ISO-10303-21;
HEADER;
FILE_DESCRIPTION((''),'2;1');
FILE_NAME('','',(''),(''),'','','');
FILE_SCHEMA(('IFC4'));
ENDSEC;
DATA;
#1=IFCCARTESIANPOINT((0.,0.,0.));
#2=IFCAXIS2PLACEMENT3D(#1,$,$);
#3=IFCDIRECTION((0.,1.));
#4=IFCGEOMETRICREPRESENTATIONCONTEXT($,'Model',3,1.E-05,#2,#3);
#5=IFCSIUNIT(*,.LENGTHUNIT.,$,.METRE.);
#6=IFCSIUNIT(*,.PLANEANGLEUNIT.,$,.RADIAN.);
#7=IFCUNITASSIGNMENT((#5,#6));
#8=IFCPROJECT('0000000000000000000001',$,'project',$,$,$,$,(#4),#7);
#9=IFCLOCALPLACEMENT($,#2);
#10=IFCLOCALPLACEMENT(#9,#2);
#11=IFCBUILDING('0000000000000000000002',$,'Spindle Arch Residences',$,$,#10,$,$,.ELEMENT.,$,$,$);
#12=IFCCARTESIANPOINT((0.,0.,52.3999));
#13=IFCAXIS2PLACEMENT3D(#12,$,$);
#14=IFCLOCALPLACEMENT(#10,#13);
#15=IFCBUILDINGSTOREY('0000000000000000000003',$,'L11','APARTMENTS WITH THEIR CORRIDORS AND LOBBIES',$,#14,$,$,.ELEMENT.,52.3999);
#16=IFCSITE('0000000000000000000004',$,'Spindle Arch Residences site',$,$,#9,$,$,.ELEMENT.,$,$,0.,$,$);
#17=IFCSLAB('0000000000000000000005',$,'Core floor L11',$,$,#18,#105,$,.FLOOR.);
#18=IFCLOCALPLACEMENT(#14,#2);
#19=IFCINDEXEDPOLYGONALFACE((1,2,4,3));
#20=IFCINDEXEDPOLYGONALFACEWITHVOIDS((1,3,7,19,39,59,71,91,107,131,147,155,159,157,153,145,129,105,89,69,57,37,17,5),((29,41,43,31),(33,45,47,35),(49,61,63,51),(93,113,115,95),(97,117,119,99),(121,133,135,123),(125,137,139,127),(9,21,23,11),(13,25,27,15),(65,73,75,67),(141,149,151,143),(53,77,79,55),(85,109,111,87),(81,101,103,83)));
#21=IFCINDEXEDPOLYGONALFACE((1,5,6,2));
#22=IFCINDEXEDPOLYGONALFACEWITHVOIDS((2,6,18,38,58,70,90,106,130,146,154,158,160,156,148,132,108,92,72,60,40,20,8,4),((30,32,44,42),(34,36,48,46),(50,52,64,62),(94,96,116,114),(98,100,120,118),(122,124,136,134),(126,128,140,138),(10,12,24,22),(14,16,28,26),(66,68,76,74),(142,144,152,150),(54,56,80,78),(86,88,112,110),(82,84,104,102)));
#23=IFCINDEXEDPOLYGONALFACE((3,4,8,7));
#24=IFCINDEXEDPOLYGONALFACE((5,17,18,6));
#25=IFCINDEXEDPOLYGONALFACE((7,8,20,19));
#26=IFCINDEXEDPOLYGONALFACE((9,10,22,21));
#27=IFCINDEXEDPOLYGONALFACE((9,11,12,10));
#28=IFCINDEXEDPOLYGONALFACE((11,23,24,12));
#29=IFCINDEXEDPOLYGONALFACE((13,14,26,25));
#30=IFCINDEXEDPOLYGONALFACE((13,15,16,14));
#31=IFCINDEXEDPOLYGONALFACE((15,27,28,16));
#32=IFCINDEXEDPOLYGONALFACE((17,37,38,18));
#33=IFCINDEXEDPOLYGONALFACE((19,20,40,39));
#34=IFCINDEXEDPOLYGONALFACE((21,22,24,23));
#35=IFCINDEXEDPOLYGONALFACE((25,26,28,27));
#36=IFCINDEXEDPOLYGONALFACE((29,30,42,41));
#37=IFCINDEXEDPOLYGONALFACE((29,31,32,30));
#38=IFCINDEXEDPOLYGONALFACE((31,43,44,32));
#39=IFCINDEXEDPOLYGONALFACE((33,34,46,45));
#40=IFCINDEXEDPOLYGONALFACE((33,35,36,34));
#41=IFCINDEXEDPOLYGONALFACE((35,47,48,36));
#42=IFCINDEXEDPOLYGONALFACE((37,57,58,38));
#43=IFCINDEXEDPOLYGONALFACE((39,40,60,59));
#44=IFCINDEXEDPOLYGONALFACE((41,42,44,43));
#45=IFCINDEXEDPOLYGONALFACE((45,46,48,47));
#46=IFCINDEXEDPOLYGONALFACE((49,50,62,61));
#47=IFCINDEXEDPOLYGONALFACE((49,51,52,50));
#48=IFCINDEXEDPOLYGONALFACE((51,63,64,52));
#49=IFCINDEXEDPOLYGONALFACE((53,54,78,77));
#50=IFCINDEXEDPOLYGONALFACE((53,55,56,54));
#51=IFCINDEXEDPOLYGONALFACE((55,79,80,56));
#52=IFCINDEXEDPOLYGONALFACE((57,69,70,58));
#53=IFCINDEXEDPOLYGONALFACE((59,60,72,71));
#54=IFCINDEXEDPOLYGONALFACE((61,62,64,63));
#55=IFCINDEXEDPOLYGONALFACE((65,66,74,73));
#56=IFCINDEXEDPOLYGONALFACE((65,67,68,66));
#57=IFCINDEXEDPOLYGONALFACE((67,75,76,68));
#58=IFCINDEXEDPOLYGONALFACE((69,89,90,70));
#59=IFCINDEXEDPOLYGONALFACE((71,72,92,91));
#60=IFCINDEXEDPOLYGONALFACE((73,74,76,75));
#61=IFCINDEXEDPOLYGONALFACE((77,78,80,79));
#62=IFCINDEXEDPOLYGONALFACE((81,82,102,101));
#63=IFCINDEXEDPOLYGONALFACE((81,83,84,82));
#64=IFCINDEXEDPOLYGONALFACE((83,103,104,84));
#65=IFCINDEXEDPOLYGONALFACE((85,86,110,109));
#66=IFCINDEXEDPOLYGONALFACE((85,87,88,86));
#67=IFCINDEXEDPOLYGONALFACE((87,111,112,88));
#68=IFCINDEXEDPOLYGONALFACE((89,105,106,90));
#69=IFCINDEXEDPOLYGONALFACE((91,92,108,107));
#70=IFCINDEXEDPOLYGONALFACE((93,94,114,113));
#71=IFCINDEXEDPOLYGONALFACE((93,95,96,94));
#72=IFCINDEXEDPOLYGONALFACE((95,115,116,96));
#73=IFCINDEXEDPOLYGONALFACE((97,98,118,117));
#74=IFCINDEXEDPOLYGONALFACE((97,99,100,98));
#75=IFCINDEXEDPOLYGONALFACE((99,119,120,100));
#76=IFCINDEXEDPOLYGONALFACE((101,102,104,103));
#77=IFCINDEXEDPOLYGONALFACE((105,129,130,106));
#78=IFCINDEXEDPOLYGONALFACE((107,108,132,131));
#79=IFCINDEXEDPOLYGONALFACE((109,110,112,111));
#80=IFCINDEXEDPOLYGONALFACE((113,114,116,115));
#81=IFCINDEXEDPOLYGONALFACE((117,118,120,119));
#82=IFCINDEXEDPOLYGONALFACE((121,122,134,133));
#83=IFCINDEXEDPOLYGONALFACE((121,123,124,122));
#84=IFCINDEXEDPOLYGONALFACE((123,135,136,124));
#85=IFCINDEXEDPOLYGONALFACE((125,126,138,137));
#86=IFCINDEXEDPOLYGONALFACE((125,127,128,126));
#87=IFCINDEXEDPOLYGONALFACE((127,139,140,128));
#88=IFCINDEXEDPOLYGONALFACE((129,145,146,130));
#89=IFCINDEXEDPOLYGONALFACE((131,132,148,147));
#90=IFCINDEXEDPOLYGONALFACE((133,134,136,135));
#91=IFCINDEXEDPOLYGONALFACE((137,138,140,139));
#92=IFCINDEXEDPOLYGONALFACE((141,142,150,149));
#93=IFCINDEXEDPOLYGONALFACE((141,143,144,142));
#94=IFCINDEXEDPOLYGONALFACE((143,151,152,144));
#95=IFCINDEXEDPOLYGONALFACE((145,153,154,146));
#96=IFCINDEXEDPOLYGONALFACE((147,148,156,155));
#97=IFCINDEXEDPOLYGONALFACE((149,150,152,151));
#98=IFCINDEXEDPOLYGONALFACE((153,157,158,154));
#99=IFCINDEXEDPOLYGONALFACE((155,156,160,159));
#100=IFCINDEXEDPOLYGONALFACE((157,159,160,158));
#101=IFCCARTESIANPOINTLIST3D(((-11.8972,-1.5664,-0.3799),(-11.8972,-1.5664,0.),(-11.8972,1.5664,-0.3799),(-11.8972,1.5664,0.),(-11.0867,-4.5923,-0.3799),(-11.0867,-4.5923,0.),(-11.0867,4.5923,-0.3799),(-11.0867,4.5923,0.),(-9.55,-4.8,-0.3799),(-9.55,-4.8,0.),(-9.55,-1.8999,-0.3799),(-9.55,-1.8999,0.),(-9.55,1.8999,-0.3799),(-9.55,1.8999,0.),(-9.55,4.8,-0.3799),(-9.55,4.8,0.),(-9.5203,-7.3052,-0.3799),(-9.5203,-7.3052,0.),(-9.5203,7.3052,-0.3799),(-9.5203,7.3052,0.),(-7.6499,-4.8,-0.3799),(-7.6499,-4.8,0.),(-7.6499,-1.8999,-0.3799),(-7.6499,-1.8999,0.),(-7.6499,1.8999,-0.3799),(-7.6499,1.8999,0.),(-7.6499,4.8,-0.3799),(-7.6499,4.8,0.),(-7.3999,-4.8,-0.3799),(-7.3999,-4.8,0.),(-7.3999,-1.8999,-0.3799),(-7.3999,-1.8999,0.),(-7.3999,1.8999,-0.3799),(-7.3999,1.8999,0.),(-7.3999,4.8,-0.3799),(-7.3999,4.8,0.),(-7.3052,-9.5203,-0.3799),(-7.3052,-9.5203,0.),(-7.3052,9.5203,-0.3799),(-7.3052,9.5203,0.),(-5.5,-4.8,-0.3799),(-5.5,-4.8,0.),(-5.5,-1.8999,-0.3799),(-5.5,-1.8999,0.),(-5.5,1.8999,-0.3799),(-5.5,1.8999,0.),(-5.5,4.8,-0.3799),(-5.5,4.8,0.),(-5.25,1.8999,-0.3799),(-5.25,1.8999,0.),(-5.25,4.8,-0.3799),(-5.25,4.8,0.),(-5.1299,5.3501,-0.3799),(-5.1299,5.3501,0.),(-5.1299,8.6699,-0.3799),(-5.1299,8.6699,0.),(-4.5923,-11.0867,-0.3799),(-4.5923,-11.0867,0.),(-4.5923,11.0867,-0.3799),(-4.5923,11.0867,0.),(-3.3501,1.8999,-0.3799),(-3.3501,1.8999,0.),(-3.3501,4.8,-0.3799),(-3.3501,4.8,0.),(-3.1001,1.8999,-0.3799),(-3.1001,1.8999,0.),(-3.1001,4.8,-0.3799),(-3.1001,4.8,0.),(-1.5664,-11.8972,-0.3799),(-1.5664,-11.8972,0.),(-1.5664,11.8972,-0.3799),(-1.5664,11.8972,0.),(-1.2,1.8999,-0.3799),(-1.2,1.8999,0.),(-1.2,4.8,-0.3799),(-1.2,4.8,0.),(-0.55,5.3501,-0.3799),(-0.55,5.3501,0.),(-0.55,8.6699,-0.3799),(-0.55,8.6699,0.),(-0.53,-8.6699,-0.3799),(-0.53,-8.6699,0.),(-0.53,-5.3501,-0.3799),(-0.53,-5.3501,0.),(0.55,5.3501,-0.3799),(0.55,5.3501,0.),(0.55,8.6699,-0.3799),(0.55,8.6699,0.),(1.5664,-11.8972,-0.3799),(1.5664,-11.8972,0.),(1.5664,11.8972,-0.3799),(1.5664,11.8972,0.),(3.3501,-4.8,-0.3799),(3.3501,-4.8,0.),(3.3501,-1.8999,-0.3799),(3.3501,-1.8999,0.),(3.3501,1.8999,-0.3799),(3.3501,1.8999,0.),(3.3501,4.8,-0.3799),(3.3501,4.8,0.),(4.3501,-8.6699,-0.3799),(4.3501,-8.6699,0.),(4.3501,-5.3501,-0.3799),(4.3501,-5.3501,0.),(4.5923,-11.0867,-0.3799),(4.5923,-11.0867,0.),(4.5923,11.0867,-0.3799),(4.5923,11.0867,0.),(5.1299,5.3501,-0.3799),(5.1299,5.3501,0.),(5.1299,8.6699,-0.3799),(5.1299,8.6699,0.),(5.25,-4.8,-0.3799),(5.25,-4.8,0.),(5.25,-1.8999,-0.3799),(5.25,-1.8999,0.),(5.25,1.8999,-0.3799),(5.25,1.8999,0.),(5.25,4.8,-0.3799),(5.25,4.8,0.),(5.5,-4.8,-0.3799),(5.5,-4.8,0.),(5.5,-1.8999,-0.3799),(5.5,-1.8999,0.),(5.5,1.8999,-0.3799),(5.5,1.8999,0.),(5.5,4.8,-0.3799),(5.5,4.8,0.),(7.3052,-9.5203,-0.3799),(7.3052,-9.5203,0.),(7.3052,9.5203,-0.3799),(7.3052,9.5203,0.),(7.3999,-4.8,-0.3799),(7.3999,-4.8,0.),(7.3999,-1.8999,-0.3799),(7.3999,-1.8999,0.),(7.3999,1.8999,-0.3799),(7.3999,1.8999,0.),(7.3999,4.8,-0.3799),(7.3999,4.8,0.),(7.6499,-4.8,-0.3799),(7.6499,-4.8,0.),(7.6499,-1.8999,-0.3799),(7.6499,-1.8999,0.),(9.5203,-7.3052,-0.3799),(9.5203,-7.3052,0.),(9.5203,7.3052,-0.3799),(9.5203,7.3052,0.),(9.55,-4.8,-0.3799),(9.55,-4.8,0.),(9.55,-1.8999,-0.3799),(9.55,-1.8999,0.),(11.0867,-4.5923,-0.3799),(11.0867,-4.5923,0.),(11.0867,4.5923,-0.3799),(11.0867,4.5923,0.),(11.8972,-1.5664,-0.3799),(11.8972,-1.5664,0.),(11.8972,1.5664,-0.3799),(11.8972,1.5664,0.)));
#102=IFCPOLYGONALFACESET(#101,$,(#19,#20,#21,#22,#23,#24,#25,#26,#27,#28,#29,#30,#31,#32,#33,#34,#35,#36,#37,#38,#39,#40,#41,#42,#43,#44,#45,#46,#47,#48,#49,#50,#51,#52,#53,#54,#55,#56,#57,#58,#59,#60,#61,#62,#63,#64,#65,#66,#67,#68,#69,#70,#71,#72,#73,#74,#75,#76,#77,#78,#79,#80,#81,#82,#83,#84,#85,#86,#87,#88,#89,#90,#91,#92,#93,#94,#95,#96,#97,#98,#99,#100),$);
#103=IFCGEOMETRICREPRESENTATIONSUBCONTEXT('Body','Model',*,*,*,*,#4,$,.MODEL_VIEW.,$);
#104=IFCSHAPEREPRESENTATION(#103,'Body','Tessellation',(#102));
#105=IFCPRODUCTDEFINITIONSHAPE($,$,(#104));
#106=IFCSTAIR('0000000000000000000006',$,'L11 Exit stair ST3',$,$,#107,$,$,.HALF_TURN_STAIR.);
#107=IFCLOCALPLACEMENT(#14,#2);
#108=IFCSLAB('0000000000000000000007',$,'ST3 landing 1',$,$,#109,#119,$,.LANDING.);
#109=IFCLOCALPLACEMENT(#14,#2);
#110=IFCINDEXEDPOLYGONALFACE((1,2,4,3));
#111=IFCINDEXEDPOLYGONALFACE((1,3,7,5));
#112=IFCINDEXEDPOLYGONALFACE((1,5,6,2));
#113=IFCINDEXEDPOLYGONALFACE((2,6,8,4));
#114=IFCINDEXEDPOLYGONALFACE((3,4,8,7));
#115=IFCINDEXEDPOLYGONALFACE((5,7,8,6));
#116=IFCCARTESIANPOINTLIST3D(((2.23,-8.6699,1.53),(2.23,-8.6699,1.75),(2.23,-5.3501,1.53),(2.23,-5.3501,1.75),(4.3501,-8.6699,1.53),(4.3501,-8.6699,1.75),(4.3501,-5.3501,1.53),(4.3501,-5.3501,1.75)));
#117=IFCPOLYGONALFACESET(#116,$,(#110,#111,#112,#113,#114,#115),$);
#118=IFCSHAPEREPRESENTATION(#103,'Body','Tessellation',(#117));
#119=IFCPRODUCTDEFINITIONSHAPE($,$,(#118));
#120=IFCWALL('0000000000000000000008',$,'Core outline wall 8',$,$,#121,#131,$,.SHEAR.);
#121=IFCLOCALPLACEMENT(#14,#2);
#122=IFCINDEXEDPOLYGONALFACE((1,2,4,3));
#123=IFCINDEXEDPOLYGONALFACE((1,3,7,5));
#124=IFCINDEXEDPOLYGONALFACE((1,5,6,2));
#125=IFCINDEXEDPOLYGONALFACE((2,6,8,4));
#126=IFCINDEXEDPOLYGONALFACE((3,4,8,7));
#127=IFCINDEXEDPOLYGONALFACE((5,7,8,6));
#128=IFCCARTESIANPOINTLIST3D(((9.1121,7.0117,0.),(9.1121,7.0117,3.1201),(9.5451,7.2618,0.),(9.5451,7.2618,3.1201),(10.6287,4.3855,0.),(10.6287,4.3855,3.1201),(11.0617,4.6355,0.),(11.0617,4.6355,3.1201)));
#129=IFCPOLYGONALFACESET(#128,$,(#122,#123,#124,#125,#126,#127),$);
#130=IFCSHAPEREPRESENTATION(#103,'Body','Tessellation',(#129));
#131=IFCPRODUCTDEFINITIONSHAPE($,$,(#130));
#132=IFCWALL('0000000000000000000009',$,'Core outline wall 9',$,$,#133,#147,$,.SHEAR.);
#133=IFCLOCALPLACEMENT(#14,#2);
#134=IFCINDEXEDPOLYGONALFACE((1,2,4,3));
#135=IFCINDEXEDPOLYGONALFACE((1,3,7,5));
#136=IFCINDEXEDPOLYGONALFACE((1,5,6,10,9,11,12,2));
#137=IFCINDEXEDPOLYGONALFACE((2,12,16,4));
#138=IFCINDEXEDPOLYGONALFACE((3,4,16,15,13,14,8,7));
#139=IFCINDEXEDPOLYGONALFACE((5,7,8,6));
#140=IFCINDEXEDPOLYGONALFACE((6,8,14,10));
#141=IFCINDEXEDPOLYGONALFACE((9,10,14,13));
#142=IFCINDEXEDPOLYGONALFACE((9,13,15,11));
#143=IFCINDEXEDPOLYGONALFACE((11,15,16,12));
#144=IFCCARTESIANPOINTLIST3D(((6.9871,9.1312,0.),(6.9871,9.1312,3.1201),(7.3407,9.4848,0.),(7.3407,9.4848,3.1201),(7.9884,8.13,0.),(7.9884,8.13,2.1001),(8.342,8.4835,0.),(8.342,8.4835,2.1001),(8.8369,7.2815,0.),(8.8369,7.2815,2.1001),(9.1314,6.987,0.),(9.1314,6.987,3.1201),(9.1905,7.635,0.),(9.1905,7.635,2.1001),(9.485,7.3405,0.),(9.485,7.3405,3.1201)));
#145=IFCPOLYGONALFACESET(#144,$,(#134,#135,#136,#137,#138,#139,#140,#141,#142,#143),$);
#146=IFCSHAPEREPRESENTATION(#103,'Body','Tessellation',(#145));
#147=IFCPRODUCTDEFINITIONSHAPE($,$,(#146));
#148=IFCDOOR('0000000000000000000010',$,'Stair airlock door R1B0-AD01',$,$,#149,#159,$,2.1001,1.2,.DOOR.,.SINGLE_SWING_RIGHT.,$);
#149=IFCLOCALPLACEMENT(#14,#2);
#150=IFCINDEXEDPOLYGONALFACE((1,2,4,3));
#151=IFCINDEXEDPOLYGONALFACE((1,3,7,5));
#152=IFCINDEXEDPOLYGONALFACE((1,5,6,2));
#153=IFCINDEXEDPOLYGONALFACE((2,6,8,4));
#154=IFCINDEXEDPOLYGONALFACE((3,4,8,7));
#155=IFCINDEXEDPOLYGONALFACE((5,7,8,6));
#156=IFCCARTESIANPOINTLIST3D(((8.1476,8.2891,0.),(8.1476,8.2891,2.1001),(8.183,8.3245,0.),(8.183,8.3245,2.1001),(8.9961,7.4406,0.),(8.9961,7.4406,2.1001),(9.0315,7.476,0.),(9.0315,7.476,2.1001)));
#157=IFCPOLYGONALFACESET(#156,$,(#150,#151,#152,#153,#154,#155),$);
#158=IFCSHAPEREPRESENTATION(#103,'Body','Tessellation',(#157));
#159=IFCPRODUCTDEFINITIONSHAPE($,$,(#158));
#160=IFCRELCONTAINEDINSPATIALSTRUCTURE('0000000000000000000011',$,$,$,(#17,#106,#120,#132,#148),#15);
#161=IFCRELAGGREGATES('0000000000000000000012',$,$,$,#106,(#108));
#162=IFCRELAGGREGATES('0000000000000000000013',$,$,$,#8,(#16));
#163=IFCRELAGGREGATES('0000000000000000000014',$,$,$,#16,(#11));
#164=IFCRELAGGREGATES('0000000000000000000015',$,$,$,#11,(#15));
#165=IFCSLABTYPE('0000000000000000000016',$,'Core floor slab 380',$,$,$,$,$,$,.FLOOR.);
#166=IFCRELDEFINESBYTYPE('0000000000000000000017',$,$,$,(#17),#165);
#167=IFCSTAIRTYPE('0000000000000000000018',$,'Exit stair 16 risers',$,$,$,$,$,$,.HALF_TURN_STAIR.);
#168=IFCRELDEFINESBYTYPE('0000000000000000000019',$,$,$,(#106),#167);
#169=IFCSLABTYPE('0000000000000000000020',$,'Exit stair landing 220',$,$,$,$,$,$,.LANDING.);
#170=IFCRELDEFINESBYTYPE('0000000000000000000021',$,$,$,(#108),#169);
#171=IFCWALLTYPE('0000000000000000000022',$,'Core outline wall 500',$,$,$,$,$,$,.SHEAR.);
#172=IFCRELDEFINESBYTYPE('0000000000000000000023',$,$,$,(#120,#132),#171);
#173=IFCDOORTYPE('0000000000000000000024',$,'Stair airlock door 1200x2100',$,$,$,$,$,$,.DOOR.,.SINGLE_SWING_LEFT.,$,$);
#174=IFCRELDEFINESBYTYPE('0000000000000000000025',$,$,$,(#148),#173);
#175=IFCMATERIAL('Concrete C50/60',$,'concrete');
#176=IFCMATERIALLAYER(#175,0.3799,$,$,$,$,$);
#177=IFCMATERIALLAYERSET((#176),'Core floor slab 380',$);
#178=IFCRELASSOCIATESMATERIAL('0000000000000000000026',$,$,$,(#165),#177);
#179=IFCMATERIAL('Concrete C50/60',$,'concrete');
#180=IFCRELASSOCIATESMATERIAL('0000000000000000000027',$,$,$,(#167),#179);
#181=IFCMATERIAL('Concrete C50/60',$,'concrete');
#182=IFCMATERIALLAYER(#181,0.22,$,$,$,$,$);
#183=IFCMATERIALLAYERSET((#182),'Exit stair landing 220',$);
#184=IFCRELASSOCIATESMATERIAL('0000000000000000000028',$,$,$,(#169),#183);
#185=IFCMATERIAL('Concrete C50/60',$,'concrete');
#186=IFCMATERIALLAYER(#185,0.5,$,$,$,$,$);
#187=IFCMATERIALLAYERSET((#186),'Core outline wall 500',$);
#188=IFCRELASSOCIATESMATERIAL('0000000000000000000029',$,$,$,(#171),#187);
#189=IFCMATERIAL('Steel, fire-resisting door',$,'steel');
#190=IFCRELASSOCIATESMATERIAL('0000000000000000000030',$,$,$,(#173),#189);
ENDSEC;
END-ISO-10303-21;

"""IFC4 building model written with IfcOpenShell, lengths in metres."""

from ifc_helpers import new_model, si_unit, direction, frame, frame_2d, origin, place, context, subcontext, project, spatial, polyline, rectangle, outline, extrude, material, layer, layer_set, type_object, element, fill, aggregate, save


model = new_model("IFC4")

# Units and contexts
model_context = context("Model", 3, precision=1e-05, world=origin(), true_north=direction((0.0, 1.0)))
body_context = subcontext(model_context, "Body", "Model", "MODEL_VIEW")
ifc_project = project(units=[si_unit("LENGTHUNIT", "METRE"), si_unit("PLANEANGLEUNIT", "RADIAN")], contexts=[model_context])

# Site, building, storey
site_placement = place(None, origin())
site = spatial("IfcSite", under=ifc_project, at=site_placement, Name="Spindle Arch Residences site", CompositionType="ELEMENT", RefElevation=0.0)
building_placement = place(site_placement, origin())
building = spatial("IfcBuilding", under=site, at=building_placement, Name="Spindle Arch Residences", CompositionType="ELEMENT")
storey_placement = place(building_placement, frame((0.0, 0.0, 52.3999)))
storey = spatial("IfcBuildingStorey", under=building, at=storey_placement, Name="L11", Description="APARTMENTS WITH THEIR CORRIDORS AND LOBBIES", CompositionType="ELEMENT", Elevation=52.3999)

# Slab
ifc_material_1 = material(Name="Concrete C50/60", Category="concrete")
ifc_layer_1 = layer(ifc_material_1, 0.3799)
ifc_layer_set_1 = layer_set([ifc_layer_1], Name="Core floor slab 380")
slab_type_1 = type_object("IfcSlabType", Name="Core floor slab 380", PredefinedType="FLOOR", material=ifc_layer_set_1)
slab_1_placement = place(storey_placement, frame((0.0, 0.0, -0.3799)))
element("IfcSlab", 1, at=slab_1_placement, inside=storey, type_object=slab_type_1, Name="Core floor L11", PredefinedType="FLOOR", context=body_context, shape_type="SweptSolid", body=[
    extrude(outline(polyline([(1.5664, -11.8972), (4.5923, -11.0867), (7.3052, -9.5203), (9.5203, -7.3052), (11.0867, -4.5923), (11.8972, -1.5664), (11.8972, 1.5664), (11.0867, 4.5923), (9.5203, 7.3052), (7.3052, 9.5203), (4.5923, 11.0867), (1.5664, 11.8972), (-1.5664, 11.8972), (-4.5923, 11.0867), (-7.3052, 9.5203), (-9.5203, 7.3052), (-11.0867, 4.5923), (-11.8972, 1.5664), (-11.8972, -1.5664), (-11.0867, -4.5923), (-9.5203, -7.3052), (-7.3052, -9.5203), (-4.5923, -11.0867), (-1.5664, -11.8972), (1.5664, -11.8972)]), holes=[polyline([(-9.55, 1.8999), (-7.6499, 1.8999), (-7.6499, 4.8), (-9.55, 4.8), (-9.55, 1.8999)]), polyline([(-7.3999, 1.8999), (-5.5, 1.8999), (-5.5, 4.8), (-7.3999, 4.8), (-7.3999, 1.8999)]), polyline([(-5.25, 1.8999), (-3.3501, 1.8999), (-3.3501, 4.8), (-5.25, 4.8), (-5.25, 1.8999)]), polyline([(-3.1001, 1.8999), (-1.2, 1.8999), (-1.2, 4.8), (-3.1001, 4.8), (-3.1001, 1.8999)]), polyline([(3.3501, 1.8999), (5.25, 1.8999), (5.25, 4.8), (3.3501, 4.8), (3.3501, 1.8999)]), polyline([(5.5, 1.8999), (7.3999, 1.8999), (7.3999, 4.8), (5.5, 4.8), (5.5, 1.8999)]), polyline([(-9.55, -4.8), (-7.6499, -4.8), (-7.6499, -1.8999), (-9.55, -1.8999), (-9.55, -4.8)]), polyline([(-7.3999, -4.8), (-5.5, -4.8), (-5.5, -1.8999), (-7.3999, -1.8999), (-7.3999, -4.8)]), polyline([(3.3501, -4.8), (5.25, -4.8), (5.25, -1.8999), (3.3501, -1.8999), (3.3501, -4.8)]), polyline([(5.5, -4.8), (7.3999, -4.8), (7.3999, -1.8999), (5.5, -1.8999), (5.5, -4.8)]), polyline([(7.6499, -4.8), (9.55, -4.8), (9.55, -1.8999), (7.6499, -1.8999), (7.6499, -4.8)]), polyline([(5.1299, 8.6699), (0.55, 8.6699), (0.55, 5.3501), (5.1299, 5.3501), (5.1299, 8.6699)]), polyline([(-5.1299, 5.3501), (-0.55, 5.3501), (-0.55, 8.6699), (-5.1299, 8.6699), (-5.1299, 5.3501)]), polyline([(-0.53, -8.6699), (4.3501, -8.6699), (4.3501, -5.3501), (-0.53, -5.3501), (-0.53, -8.6699)])]), origin(), (0.0, 0.0, 1.0), 0.3799),
])

# Stair, slab
ifc_material_2 = material(Name="Concrete C50/60", Category="concrete")
stair_type = type_object("IfcStairType", Name="Exit stair 16 risers", PredefinedType="HALF_TURN_STAIR", material=ifc_material_2)
stair_1_placement = place(storey_placement, origin())
stair_1 = element("IfcStair", 2, at=stair_1_placement, inside=storey, type_object=stair_type, Name="L11 Exit stair ST3", PredefinedType="HALF_TURN_STAIR")
ifc_material_3 = material(Name="Concrete C50/60", Category="concrete")
ifc_layer_2 = layer(ifc_material_3, 0.22)
ifc_layer_set_2 = layer_set([ifc_layer_2], Name="Exit stair landing 220")
slab_type_2 = type_object("IfcSlabType", Name="Exit stair landing 220", PredefinedType="LANDING", material=ifc_layer_set_2)
slab_2_placement = place(storey_placement, frame((0.0, 0.0, 1.53)))
slab_2 = element("IfcSlab", 3, at=slab_2_placement, type_object=slab_type_2, Name="ST3 landing 1", PredefinedType="LANDING", context=body_context, shape_type="SweptSolid", body=[
    extrude(outline(polyline([(2.23, -8.6699), (4.3501, -8.6699), (4.3501, -5.3501), (2.23, -5.3501), (2.23, -8.6699)])), origin(), (0.0, 0.0, 1.0), 0.22),
])
aggregate(stair_1, [slab_2])

# Wall
ifc_material_4 = material(Name="Concrete C50/60", Category="concrete")
ifc_layer_3 = layer(ifc_material_4, 0.5)
ifc_layer_set_3 = layer_set([ifc_layer_3], Name="Core outline wall 500")
wall_type_1 = type_object("IfcWallType", Name="Core outline wall 500", PredefinedType="SHEAR", material=ifc_layer_set_3)
wall_1_placement = place(storey_placement, frame((10.8452, 4.5105, 0.0), z_axis=(0.0, 0.0, 1.0), x_axis=(-0.500087, 0.865975, 0.0)))
element("IfcWall", 4, at=wall_1_placement, inside=storey, type_object=wall_type_1, Name="Core outline wall 8", PredefinedType="SHEAR", context=body_context, shape_type="SweptSolid", body=[
    extrude(rectangle(XDim=3.0327, YDim=0.5, at=frame_2d((1.5164, 0.0))), origin(), (0.0, 0.0, 1.0), 3.1201),
])

# Wall, opening, door
wall_2_placement = place(storey_placement, frame((9.3081, 7.1638, 0.0), z_axis=(0.0, 0.0, 1.0), x_axis=(-0.707107, 0.707107, 0.0)))
wall_2 = element("IfcWall", 5, at=wall_2_placement, inside=storey, type_object=wall_type_1, Name="Core outline wall 9", PredefinedType="SHEAR", context=body_context, shape_type="SweptSolid", body=[
    extrude(rectangle(XDim=3.0325, YDim=0.5, at=frame_2d((1.5161, 0.0))), origin(), (0.0, 0.0, 1.0), 3.1201),
])
opening_1_placement = place(wall_2_placement, frame((0.4163, 0.0, 0.0)))
opening_1 = element("IfcOpeningElement", 6, at=opening_1_placement, cuts=wall_2, PredefinedType="OPENING", context=body_context, shape_type="SweptSolid", body=[
    extrude(rectangle(XDim=1.2, YDim=2.1001, at=frame_2d((0.6001, 1.05))), frame((0.0, 0.26, 0.0), z_axis=(0.0, -1.0, 0.0), x_axis=(1.0, 0.0, 0.0)), (0.0, 0.0, 1.0), 0.52),
])
ifc_material_5 = material(Name="Steel, fire-resisting door", Category="steel")
door_type_1 = type_object("IfcDoorType", Name="Stair airlock door 1200x2100", OperationType="SINGLE_SWING_LEFT", PredefinedType="DOOR", material=ifc_material_5)
door_1_placement = place(opening_1_placement, origin())
door_1 = element("IfcDoor", 7, at=door_1_placement, inside=storey, type_object=door_type_1, Name="Stair airlock door R1B0-AD01", OperationType="SINGLE_SWING_RIGHT", OverallHeight=2.1001, OverallWidth=1.2, PredefinedType="DOOR", context=body_context, shape_type="SweptSolid", body=[
    extrude(rectangle(XDim=1.2, YDim=2.1001, at=frame_2d((0.6001, 1.05))), frame((0.0, 0.0249, 0.0), z_axis=(0.0, -1.0, 0.0), x_axis=(1.0, 0.0, 0.0)), (0.0, 0.0, 1.0), 0.05),
])
fill(opening_1, door_1)

save(model, "model.ifc")
